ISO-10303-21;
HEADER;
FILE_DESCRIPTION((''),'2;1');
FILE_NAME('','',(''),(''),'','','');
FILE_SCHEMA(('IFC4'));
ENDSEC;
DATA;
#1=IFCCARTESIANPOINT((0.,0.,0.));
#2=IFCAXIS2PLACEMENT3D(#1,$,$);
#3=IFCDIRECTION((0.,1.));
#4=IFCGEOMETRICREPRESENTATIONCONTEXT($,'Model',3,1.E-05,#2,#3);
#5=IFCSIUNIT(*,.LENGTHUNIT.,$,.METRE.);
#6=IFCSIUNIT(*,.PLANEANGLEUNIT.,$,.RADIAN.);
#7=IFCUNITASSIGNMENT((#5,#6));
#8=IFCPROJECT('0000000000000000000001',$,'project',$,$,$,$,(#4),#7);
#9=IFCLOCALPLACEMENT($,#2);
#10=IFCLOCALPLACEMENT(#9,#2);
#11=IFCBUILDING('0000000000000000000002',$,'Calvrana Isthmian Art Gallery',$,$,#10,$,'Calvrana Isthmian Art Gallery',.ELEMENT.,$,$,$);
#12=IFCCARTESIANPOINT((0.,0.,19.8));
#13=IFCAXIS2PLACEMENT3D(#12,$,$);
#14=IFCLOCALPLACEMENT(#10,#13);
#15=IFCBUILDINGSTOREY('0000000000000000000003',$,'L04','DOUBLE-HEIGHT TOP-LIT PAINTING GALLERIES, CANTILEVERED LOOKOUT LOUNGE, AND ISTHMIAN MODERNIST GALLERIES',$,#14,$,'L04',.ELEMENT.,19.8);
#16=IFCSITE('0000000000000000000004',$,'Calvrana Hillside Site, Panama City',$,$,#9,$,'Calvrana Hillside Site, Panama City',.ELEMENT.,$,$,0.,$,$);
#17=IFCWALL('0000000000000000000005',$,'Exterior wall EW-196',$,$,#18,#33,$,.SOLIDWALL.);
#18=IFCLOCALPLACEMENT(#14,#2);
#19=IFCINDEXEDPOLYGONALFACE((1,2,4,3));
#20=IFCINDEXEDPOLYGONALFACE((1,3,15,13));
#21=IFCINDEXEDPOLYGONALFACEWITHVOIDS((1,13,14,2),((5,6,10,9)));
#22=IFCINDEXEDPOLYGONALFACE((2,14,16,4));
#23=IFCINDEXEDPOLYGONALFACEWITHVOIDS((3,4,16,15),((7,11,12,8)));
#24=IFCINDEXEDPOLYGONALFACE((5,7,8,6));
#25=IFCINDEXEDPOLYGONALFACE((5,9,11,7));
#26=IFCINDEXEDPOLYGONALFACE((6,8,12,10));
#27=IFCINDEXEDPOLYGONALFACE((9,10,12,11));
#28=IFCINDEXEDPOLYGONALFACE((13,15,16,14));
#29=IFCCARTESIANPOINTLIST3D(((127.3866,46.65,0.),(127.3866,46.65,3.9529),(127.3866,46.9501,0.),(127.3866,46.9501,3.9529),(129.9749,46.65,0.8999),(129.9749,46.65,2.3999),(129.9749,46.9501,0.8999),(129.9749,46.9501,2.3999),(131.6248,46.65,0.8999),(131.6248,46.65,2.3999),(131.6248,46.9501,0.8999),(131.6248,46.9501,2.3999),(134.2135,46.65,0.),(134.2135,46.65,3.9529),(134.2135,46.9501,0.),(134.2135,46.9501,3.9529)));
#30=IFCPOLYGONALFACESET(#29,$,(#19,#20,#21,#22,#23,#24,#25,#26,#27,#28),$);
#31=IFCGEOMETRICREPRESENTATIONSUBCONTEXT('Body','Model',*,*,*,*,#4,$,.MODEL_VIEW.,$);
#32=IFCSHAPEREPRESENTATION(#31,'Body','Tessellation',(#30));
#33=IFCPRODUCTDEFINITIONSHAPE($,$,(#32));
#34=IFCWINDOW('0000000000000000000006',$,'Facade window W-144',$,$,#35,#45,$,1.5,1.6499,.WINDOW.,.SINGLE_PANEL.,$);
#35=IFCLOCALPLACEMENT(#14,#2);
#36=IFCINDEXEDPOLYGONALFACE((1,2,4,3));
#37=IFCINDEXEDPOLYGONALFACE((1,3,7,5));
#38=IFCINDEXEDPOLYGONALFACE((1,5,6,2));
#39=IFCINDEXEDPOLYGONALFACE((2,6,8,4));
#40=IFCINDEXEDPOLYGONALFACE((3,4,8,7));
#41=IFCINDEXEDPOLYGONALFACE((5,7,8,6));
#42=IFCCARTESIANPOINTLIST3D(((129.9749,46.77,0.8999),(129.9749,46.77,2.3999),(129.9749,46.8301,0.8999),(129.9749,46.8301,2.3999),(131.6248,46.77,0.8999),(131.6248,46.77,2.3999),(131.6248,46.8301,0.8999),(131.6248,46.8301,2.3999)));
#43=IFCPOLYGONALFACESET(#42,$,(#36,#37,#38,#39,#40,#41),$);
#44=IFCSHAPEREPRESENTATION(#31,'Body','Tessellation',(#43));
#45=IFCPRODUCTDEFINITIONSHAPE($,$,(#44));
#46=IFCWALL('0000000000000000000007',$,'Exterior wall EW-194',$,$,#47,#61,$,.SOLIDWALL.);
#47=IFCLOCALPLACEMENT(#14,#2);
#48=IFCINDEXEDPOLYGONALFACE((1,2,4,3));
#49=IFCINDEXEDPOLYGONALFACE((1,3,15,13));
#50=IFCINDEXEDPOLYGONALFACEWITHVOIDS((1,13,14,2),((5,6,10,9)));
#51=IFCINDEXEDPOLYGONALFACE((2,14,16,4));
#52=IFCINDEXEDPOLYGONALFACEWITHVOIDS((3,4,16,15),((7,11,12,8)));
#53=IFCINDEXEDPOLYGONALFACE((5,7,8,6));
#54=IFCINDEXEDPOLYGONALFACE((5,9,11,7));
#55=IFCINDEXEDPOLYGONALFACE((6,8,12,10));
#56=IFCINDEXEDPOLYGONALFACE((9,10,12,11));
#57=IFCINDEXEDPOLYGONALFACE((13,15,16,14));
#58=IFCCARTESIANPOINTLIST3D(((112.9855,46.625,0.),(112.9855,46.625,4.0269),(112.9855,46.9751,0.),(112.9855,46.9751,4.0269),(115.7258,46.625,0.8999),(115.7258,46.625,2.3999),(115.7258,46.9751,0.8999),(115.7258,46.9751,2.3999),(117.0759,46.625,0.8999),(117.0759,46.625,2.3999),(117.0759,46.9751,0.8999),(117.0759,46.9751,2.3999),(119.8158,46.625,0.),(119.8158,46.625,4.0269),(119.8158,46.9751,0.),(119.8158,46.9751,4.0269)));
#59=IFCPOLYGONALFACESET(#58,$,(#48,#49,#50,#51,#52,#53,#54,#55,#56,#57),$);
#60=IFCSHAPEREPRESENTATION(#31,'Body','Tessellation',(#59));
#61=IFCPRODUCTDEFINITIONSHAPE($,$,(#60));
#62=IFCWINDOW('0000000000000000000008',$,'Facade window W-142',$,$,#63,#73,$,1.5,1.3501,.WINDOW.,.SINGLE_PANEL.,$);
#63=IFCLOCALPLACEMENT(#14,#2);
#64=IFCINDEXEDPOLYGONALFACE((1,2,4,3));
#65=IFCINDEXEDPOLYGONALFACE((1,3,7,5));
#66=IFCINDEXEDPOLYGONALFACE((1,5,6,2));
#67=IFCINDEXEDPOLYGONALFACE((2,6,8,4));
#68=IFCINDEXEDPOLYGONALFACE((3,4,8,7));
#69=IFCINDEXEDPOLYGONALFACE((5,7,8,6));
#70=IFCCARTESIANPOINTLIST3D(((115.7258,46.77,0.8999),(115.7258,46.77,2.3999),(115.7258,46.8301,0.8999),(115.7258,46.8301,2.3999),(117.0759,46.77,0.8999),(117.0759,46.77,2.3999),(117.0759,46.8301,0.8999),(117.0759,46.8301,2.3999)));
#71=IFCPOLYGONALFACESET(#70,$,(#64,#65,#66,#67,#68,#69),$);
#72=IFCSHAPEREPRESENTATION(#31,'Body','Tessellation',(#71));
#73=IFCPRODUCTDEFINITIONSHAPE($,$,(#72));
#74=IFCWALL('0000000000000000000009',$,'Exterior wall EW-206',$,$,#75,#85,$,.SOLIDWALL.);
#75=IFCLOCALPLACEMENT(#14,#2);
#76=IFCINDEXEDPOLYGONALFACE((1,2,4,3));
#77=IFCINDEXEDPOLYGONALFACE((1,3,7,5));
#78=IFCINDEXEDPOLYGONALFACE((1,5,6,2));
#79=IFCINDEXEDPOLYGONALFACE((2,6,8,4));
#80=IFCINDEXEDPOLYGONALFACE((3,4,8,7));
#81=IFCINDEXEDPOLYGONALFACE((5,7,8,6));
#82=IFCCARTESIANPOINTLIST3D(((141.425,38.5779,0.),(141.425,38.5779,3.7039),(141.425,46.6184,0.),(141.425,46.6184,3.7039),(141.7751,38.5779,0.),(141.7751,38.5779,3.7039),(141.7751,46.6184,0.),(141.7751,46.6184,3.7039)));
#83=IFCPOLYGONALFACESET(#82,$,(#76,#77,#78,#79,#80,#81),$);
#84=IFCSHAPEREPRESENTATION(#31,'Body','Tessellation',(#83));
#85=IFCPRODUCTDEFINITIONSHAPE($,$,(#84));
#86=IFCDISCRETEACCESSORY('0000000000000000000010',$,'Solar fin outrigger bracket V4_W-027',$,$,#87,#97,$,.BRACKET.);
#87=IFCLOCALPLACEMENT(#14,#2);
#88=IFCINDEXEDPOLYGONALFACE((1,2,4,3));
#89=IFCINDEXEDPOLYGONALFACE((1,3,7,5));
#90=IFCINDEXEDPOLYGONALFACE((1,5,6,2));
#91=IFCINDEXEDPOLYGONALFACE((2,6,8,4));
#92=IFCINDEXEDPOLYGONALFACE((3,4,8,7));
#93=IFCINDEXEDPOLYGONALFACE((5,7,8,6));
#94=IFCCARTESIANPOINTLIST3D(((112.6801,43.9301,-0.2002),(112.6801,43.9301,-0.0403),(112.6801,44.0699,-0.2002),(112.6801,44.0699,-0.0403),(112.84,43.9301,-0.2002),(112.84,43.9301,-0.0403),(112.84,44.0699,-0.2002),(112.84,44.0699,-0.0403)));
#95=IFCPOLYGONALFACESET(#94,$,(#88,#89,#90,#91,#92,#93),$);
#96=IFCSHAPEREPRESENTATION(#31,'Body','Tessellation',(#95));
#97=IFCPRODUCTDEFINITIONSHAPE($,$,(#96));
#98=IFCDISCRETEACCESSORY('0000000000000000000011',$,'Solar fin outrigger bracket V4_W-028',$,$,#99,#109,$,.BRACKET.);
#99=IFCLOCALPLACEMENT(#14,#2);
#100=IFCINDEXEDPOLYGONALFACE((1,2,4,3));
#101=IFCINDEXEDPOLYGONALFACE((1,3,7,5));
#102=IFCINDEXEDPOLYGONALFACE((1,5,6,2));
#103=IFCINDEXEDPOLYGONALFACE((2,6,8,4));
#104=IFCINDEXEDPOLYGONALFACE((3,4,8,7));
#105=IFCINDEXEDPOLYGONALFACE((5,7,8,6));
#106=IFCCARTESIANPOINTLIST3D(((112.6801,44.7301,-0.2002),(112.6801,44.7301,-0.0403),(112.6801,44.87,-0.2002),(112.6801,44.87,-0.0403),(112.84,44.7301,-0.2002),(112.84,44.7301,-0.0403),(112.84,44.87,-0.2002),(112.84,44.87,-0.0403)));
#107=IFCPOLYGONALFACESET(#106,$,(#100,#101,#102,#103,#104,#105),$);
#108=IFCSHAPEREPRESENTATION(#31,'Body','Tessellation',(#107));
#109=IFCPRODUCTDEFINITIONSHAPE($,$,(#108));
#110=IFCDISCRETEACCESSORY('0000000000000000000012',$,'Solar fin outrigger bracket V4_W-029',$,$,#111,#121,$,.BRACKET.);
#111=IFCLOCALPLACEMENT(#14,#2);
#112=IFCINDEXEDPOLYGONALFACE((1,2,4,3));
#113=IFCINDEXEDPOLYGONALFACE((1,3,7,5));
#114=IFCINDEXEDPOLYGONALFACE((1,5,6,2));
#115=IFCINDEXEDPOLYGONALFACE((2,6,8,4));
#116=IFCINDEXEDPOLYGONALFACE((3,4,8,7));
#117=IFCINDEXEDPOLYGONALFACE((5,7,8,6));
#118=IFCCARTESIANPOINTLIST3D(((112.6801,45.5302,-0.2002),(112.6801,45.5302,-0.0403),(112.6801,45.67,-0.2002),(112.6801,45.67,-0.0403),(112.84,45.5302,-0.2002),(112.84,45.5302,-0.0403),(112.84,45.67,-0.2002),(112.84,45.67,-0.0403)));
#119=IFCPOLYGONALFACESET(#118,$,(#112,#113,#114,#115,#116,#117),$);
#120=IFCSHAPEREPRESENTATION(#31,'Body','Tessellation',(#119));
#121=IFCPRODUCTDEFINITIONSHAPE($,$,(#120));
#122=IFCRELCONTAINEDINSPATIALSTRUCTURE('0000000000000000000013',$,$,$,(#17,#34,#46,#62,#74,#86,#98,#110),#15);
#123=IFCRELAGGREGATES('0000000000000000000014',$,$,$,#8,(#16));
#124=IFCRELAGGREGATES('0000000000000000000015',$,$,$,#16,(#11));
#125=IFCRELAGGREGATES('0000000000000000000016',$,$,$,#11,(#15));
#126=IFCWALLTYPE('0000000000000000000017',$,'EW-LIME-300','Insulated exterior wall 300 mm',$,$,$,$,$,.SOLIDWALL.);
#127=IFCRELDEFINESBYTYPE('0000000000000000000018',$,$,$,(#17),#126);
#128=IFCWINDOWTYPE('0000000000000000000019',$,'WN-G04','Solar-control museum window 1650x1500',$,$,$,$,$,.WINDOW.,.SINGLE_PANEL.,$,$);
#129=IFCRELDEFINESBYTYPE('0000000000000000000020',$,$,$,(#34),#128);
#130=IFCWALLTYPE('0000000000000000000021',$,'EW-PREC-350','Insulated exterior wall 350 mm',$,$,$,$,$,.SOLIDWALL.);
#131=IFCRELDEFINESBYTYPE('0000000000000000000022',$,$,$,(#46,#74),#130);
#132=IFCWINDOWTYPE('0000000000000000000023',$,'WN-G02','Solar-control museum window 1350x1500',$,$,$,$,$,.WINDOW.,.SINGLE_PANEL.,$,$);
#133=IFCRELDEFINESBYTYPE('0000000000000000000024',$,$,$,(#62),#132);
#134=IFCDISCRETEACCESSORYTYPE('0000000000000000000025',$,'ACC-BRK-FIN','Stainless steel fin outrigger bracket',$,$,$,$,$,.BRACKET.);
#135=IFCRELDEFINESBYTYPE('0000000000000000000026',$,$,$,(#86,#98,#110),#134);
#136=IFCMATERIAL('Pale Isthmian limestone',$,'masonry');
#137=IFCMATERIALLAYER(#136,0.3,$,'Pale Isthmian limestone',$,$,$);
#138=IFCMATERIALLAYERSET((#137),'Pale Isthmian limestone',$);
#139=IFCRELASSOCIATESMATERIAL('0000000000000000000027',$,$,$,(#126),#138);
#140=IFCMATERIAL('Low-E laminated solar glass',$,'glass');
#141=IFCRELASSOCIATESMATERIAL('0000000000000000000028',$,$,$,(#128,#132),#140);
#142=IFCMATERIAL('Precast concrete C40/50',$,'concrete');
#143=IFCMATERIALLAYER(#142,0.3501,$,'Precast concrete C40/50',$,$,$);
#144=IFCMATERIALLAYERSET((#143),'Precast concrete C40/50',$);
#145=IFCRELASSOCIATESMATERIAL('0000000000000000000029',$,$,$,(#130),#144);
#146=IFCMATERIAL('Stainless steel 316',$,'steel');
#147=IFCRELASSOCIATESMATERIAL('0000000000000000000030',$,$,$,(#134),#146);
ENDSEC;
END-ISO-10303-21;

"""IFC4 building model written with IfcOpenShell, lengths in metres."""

from ifc_helpers import new_model, si_unit, direction, frame, frame_2d, origin, origin_2d, place, context, subcontext, project, spatial, rectangle, extrude, material, layer, layer_set, type_object, element, fill, save


model = new_model("IFC4")

# Units and contexts
model_context = context("Model", 3, precision=1e-05, world=origin(), true_north=direction((0.0, 1.0)))
body_context = subcontext(model_context, "Body", "Model", "MODEL_VIEW")
ifc_project = project(units=[si_unit("LENGTHUNIT", "METRE"), si_unit("PLANEANGLEUNIT", "RADIAN")], contexts=[model_context])

# Site, building, storey
site_placement = place(None, origin())
site = spatial("IfcSite", under=ifc_project, at=site_placement, Name="Calvrana Hillside Site, Panama City", LongName="Calvrana Hillside Site, Panama City", CompositionType="ELEMENT", RefElevation=0.0)
building_placement = place(site_placement, origin())
building = spatial("IfcBuilding", under=site, at=building_placement, Name="Calvrana Isthmian Art Gallery", LongName="Calvrana Isthmian Art Gallery", CompositionType="ELEMENT")
storey_placement = place(building_placement, frame((0.0, 0.0, 19.8)))
storey = spatial("IfcBuildingStorey", under=building, at=storey_placement, Name="L04", Description="DOUBLE-HEIGHT TOP-LIT PAINTING GALLERIES, CANTILEVERED LOOKOUT LOUNGE, AND ISTHMIAN MODERNIST GALLERIES", LongName="L04", CompositionType="ELEMENT", Elevation=19.8)

# Walls, openings, windows
ifc_material_1 = material(Name="Precast concrete C40/50", Category="concrete")
ifc_material_2 = material(Name="Low-E laminated solar glass", Category="glass")
ifc_material_3 = material(Name="Pale Isthmian limestone", Category="masonry")
ifc_layer_1 = layer(ifc_material_3, 0.3, Name="Pale Isthmian limestone")
ifc_layer_set_1 = layer_set([ifc_layer_1], Name="Pale Isthmian limestone")
wall_type_1 = type_object("IfcWallType", Name="EW-LIME-300", Description="Insulated exterior wall 300 mm", PredefinedType="SOLIDWALL", material=ifc_layer_set_1)
wall_1_placement = place(storey_placement, frame((127.3865, 46.8, 0.0), z_axis=(0.0, 0.0, 1.0), x_axis=(1.0, 0.0, 0.0)))
wall_1 = element("IfcWall", 1, at=wall_1_placement, inside=storey, type_object=wall_type_1, Name="Exterior wall EW-196", PredefinedType="SOLIDWALL", context=body_context, shape_type="SweptSolid", body=[
    extrude(rectangle(XDim=6.8269, YDim=0.3, at=frame_2d((3.4136, 0.0))), origin(), (0.0, 0.0, 1.0), 3.9529),
])
opening_1_placement = place(wall_1_placement, frame((2.5884, 0.0, 0.8999)))
opening_1 = element("IfcOpeningElement", 2, at=opening_1_placement, cuts=wall_1, PredefinedType="OPENING", context=body_context, shape_type="SweptSolid", body=[
    extrude(rectangle(XDim=1.6499, YDim=1.5, at=frame_2d((0.825, 0.75))), frame((0.0, 0.1602, 0.0), z_axis=(0.0, -1.0, 0.0), x_axis=(1.0, 0.0, 0.0)), (0.0, 0.0, 1.0), 0.3206),
])
window_type_1 = type_object("IfcWindowType", Name="WN-G04", Description="Solar-control museum window 1650x1500", PartitioningType="SINGLE_PANEL", PredefinedType="WINDOW", material=ifc_material_2)
window_1_placement = place(opening_1_placement, origin())
window_1 = element("IfcWindow", 3, at=window_1_placement, inside=storey, type_object=window_type_1, Name="Facade window W-144", OverallHeight=1.5, OverallWidth=1.6499, PartitioningType="SINGLE_PANEL", PredefinedType="WINDOW", context=body_context, shape_type="SweptSolid", body=[
    extrude(rectangle(XDim=1.6499, YDim=1.5, at=frame_2d((0.825, 0.75))), frame((0.0, 0.03, 0.0), z_axis=(0.0, -1.0, 0.0), x_axis=(1.0, 0.0, 0.0)), (0.0, 0.0, 1.0), 0.0601),
])
fill(opening_1, window_1)
ifc_layer_2 = layer(ifc_material_1, 0.3501, Name="Precast concrete C40/50")
ifc_layer_set_2 = layer_set([ifc_layer_2], Name="Precast concrete C40/50")
wall_type_2 = type_object("IfcWallType", Name="EW-PREC-350", Description="Insulated exterior wall 350 mm", PredefinedType="SOLIDWALL", material=ifc_layer_set_2)
wall_2_placement = place(storey_placement, frame((112.9856, 46.8, 0.0), z_axis=(0.0, 0.0, 1.0), x_axis=(1.0, 0.0, 0.0)))
wall_2 = element("IfcWall", 4, at=wall_2_placement, inside=storey, type_object=wall_type_2, Name="Exterior wall EW-194", PredefinedType="SOLIDWALL", context=body_context, shape_type="SweptSolid", body=[
    extrude(rectangle(XDim=6.8303, YDim=0.3501, at=frame_2d((3.415, 0.0))), origin(), (0.0, 0.0, 1.0), 4.0269),
])
opening_2_placement = place(wall_2_placement, frame((2.7402, 0.0, 0.8999)))
opening_2 = element("IfcOpeningElement", 5, at=opening_2_placement, cuts=wall_2, PredefinedType="OPENING", context=body_context, shape_type="SweptSolid", body=[
    extrude(rectangle(XDim=1.3501, YDim=1.5, at=frame_2d((0.675, 0.75))), frame((0.0, 0.1853, 0.0), z_axis=(0.0, -1.0, 0.0), x_axis=(1.0, 0.0, 0.0)), (0.0, 0.0, 1.0), 0.3706),
])
window_type_2 = type_object("IfcWindowType", Name="WN-G02", Description="Solar-control museum window 1350x1500", PartitioningType="SINGLE_PANEL", PredefinedType="WINDOW", material=ifc_material_2)
window_2_placement = place(opening_2_placement, origin())
window_2 = element("IfcWindow", 6, at=window_2_placement, inside=storey, type_object=window_type_2, Name="Facade window W-142", OverallHeight=1.5, OverallWidth=1.3501, PartitioningType="SINGLE_PANEL", PredefinedType="WINDOW", context=body_context, shape_type="SweptSolid", body=[
    extrude(rectangle(XDim=1.3501, YDim=1.5, at=frame_2d((0.675, 0.75))), frame((0.0, 0.03, 0.0), z_axis=(0.0, -1.0, 0.0), x_axis=(1.0, 0.0, 0.0)), (0.0, 0.0, 1.0), 0.0601),
])
fill(opening_2, window_2)

# Wall
wall_3_placement = place(storey_placement, frame((141.6001, 46.6184, 0.0), z_axis=(0.0, 0.0, 1.0), x_axis=(0.0, -1.0, 0.0)))
element("IfcWall", 7, at=wall_3_placement, inside=storey, type_object=wall_type_2, Name="Exterior wall EW-206", PredefinedType="SOLIDWALL", context=body_context, shape_type="SweptSolid", body=[
    extrude(rectangle(XDim=8.0405, YDim=0.3501, at=frame_2d((4.0203, 0.0))), origin(), (0.0, 0.0, 1.0), 3.7039),
])

# Discrete accessories
ifc_material_4 = material(Name="Stainless steel 316", Category="steel")
discrete_accessory_type = type_object("IfcDiscreteAccessoryType", Name="ACC-BRK-FIN", Description="Stainless steel fin outrigger bracket", PredefinedType="BRACKET", material=ifc_material_4)
for number, where, z_axis, x_axis, name in (
    (8, (112.76, 44.0, -0.2002), (0.0, 0.0, 1.0), (1.0, 0.0, 0.0), "Solar fin outrigger bracket V4_W-027"),
    (9, (112.76, 44.8, -0.2002), (0.0, 0.0, 1.0), (1.0, 0.0, 0.0), "Solar fin outrigger bracket V4_W-028"),
    (10, (112.76, 45.6001, -0.2002), (0.0, 0.0, 1.0), (1.0, 0.0, 0.0), "Solar fin outrigger bracket V4_W-029"),
):
    element("IfcDiscreteAccessory", number, at=place(storey_placement, frame(where, z_axis=z_axis, x_axis=x_axis)), inside=storey, type_object=discrete_accessory_type, Name=name, PredefinedType="BRACKET", context=body_context, shape_type="SweptSolid", body=[
        extrude(rectangle(XDim=0.1599, YDim=0.1399, at=origin_2d()), origin(), (0.0, 0.0, 1.0), 0.1599),
    ])

save(model, "model.ifc")
